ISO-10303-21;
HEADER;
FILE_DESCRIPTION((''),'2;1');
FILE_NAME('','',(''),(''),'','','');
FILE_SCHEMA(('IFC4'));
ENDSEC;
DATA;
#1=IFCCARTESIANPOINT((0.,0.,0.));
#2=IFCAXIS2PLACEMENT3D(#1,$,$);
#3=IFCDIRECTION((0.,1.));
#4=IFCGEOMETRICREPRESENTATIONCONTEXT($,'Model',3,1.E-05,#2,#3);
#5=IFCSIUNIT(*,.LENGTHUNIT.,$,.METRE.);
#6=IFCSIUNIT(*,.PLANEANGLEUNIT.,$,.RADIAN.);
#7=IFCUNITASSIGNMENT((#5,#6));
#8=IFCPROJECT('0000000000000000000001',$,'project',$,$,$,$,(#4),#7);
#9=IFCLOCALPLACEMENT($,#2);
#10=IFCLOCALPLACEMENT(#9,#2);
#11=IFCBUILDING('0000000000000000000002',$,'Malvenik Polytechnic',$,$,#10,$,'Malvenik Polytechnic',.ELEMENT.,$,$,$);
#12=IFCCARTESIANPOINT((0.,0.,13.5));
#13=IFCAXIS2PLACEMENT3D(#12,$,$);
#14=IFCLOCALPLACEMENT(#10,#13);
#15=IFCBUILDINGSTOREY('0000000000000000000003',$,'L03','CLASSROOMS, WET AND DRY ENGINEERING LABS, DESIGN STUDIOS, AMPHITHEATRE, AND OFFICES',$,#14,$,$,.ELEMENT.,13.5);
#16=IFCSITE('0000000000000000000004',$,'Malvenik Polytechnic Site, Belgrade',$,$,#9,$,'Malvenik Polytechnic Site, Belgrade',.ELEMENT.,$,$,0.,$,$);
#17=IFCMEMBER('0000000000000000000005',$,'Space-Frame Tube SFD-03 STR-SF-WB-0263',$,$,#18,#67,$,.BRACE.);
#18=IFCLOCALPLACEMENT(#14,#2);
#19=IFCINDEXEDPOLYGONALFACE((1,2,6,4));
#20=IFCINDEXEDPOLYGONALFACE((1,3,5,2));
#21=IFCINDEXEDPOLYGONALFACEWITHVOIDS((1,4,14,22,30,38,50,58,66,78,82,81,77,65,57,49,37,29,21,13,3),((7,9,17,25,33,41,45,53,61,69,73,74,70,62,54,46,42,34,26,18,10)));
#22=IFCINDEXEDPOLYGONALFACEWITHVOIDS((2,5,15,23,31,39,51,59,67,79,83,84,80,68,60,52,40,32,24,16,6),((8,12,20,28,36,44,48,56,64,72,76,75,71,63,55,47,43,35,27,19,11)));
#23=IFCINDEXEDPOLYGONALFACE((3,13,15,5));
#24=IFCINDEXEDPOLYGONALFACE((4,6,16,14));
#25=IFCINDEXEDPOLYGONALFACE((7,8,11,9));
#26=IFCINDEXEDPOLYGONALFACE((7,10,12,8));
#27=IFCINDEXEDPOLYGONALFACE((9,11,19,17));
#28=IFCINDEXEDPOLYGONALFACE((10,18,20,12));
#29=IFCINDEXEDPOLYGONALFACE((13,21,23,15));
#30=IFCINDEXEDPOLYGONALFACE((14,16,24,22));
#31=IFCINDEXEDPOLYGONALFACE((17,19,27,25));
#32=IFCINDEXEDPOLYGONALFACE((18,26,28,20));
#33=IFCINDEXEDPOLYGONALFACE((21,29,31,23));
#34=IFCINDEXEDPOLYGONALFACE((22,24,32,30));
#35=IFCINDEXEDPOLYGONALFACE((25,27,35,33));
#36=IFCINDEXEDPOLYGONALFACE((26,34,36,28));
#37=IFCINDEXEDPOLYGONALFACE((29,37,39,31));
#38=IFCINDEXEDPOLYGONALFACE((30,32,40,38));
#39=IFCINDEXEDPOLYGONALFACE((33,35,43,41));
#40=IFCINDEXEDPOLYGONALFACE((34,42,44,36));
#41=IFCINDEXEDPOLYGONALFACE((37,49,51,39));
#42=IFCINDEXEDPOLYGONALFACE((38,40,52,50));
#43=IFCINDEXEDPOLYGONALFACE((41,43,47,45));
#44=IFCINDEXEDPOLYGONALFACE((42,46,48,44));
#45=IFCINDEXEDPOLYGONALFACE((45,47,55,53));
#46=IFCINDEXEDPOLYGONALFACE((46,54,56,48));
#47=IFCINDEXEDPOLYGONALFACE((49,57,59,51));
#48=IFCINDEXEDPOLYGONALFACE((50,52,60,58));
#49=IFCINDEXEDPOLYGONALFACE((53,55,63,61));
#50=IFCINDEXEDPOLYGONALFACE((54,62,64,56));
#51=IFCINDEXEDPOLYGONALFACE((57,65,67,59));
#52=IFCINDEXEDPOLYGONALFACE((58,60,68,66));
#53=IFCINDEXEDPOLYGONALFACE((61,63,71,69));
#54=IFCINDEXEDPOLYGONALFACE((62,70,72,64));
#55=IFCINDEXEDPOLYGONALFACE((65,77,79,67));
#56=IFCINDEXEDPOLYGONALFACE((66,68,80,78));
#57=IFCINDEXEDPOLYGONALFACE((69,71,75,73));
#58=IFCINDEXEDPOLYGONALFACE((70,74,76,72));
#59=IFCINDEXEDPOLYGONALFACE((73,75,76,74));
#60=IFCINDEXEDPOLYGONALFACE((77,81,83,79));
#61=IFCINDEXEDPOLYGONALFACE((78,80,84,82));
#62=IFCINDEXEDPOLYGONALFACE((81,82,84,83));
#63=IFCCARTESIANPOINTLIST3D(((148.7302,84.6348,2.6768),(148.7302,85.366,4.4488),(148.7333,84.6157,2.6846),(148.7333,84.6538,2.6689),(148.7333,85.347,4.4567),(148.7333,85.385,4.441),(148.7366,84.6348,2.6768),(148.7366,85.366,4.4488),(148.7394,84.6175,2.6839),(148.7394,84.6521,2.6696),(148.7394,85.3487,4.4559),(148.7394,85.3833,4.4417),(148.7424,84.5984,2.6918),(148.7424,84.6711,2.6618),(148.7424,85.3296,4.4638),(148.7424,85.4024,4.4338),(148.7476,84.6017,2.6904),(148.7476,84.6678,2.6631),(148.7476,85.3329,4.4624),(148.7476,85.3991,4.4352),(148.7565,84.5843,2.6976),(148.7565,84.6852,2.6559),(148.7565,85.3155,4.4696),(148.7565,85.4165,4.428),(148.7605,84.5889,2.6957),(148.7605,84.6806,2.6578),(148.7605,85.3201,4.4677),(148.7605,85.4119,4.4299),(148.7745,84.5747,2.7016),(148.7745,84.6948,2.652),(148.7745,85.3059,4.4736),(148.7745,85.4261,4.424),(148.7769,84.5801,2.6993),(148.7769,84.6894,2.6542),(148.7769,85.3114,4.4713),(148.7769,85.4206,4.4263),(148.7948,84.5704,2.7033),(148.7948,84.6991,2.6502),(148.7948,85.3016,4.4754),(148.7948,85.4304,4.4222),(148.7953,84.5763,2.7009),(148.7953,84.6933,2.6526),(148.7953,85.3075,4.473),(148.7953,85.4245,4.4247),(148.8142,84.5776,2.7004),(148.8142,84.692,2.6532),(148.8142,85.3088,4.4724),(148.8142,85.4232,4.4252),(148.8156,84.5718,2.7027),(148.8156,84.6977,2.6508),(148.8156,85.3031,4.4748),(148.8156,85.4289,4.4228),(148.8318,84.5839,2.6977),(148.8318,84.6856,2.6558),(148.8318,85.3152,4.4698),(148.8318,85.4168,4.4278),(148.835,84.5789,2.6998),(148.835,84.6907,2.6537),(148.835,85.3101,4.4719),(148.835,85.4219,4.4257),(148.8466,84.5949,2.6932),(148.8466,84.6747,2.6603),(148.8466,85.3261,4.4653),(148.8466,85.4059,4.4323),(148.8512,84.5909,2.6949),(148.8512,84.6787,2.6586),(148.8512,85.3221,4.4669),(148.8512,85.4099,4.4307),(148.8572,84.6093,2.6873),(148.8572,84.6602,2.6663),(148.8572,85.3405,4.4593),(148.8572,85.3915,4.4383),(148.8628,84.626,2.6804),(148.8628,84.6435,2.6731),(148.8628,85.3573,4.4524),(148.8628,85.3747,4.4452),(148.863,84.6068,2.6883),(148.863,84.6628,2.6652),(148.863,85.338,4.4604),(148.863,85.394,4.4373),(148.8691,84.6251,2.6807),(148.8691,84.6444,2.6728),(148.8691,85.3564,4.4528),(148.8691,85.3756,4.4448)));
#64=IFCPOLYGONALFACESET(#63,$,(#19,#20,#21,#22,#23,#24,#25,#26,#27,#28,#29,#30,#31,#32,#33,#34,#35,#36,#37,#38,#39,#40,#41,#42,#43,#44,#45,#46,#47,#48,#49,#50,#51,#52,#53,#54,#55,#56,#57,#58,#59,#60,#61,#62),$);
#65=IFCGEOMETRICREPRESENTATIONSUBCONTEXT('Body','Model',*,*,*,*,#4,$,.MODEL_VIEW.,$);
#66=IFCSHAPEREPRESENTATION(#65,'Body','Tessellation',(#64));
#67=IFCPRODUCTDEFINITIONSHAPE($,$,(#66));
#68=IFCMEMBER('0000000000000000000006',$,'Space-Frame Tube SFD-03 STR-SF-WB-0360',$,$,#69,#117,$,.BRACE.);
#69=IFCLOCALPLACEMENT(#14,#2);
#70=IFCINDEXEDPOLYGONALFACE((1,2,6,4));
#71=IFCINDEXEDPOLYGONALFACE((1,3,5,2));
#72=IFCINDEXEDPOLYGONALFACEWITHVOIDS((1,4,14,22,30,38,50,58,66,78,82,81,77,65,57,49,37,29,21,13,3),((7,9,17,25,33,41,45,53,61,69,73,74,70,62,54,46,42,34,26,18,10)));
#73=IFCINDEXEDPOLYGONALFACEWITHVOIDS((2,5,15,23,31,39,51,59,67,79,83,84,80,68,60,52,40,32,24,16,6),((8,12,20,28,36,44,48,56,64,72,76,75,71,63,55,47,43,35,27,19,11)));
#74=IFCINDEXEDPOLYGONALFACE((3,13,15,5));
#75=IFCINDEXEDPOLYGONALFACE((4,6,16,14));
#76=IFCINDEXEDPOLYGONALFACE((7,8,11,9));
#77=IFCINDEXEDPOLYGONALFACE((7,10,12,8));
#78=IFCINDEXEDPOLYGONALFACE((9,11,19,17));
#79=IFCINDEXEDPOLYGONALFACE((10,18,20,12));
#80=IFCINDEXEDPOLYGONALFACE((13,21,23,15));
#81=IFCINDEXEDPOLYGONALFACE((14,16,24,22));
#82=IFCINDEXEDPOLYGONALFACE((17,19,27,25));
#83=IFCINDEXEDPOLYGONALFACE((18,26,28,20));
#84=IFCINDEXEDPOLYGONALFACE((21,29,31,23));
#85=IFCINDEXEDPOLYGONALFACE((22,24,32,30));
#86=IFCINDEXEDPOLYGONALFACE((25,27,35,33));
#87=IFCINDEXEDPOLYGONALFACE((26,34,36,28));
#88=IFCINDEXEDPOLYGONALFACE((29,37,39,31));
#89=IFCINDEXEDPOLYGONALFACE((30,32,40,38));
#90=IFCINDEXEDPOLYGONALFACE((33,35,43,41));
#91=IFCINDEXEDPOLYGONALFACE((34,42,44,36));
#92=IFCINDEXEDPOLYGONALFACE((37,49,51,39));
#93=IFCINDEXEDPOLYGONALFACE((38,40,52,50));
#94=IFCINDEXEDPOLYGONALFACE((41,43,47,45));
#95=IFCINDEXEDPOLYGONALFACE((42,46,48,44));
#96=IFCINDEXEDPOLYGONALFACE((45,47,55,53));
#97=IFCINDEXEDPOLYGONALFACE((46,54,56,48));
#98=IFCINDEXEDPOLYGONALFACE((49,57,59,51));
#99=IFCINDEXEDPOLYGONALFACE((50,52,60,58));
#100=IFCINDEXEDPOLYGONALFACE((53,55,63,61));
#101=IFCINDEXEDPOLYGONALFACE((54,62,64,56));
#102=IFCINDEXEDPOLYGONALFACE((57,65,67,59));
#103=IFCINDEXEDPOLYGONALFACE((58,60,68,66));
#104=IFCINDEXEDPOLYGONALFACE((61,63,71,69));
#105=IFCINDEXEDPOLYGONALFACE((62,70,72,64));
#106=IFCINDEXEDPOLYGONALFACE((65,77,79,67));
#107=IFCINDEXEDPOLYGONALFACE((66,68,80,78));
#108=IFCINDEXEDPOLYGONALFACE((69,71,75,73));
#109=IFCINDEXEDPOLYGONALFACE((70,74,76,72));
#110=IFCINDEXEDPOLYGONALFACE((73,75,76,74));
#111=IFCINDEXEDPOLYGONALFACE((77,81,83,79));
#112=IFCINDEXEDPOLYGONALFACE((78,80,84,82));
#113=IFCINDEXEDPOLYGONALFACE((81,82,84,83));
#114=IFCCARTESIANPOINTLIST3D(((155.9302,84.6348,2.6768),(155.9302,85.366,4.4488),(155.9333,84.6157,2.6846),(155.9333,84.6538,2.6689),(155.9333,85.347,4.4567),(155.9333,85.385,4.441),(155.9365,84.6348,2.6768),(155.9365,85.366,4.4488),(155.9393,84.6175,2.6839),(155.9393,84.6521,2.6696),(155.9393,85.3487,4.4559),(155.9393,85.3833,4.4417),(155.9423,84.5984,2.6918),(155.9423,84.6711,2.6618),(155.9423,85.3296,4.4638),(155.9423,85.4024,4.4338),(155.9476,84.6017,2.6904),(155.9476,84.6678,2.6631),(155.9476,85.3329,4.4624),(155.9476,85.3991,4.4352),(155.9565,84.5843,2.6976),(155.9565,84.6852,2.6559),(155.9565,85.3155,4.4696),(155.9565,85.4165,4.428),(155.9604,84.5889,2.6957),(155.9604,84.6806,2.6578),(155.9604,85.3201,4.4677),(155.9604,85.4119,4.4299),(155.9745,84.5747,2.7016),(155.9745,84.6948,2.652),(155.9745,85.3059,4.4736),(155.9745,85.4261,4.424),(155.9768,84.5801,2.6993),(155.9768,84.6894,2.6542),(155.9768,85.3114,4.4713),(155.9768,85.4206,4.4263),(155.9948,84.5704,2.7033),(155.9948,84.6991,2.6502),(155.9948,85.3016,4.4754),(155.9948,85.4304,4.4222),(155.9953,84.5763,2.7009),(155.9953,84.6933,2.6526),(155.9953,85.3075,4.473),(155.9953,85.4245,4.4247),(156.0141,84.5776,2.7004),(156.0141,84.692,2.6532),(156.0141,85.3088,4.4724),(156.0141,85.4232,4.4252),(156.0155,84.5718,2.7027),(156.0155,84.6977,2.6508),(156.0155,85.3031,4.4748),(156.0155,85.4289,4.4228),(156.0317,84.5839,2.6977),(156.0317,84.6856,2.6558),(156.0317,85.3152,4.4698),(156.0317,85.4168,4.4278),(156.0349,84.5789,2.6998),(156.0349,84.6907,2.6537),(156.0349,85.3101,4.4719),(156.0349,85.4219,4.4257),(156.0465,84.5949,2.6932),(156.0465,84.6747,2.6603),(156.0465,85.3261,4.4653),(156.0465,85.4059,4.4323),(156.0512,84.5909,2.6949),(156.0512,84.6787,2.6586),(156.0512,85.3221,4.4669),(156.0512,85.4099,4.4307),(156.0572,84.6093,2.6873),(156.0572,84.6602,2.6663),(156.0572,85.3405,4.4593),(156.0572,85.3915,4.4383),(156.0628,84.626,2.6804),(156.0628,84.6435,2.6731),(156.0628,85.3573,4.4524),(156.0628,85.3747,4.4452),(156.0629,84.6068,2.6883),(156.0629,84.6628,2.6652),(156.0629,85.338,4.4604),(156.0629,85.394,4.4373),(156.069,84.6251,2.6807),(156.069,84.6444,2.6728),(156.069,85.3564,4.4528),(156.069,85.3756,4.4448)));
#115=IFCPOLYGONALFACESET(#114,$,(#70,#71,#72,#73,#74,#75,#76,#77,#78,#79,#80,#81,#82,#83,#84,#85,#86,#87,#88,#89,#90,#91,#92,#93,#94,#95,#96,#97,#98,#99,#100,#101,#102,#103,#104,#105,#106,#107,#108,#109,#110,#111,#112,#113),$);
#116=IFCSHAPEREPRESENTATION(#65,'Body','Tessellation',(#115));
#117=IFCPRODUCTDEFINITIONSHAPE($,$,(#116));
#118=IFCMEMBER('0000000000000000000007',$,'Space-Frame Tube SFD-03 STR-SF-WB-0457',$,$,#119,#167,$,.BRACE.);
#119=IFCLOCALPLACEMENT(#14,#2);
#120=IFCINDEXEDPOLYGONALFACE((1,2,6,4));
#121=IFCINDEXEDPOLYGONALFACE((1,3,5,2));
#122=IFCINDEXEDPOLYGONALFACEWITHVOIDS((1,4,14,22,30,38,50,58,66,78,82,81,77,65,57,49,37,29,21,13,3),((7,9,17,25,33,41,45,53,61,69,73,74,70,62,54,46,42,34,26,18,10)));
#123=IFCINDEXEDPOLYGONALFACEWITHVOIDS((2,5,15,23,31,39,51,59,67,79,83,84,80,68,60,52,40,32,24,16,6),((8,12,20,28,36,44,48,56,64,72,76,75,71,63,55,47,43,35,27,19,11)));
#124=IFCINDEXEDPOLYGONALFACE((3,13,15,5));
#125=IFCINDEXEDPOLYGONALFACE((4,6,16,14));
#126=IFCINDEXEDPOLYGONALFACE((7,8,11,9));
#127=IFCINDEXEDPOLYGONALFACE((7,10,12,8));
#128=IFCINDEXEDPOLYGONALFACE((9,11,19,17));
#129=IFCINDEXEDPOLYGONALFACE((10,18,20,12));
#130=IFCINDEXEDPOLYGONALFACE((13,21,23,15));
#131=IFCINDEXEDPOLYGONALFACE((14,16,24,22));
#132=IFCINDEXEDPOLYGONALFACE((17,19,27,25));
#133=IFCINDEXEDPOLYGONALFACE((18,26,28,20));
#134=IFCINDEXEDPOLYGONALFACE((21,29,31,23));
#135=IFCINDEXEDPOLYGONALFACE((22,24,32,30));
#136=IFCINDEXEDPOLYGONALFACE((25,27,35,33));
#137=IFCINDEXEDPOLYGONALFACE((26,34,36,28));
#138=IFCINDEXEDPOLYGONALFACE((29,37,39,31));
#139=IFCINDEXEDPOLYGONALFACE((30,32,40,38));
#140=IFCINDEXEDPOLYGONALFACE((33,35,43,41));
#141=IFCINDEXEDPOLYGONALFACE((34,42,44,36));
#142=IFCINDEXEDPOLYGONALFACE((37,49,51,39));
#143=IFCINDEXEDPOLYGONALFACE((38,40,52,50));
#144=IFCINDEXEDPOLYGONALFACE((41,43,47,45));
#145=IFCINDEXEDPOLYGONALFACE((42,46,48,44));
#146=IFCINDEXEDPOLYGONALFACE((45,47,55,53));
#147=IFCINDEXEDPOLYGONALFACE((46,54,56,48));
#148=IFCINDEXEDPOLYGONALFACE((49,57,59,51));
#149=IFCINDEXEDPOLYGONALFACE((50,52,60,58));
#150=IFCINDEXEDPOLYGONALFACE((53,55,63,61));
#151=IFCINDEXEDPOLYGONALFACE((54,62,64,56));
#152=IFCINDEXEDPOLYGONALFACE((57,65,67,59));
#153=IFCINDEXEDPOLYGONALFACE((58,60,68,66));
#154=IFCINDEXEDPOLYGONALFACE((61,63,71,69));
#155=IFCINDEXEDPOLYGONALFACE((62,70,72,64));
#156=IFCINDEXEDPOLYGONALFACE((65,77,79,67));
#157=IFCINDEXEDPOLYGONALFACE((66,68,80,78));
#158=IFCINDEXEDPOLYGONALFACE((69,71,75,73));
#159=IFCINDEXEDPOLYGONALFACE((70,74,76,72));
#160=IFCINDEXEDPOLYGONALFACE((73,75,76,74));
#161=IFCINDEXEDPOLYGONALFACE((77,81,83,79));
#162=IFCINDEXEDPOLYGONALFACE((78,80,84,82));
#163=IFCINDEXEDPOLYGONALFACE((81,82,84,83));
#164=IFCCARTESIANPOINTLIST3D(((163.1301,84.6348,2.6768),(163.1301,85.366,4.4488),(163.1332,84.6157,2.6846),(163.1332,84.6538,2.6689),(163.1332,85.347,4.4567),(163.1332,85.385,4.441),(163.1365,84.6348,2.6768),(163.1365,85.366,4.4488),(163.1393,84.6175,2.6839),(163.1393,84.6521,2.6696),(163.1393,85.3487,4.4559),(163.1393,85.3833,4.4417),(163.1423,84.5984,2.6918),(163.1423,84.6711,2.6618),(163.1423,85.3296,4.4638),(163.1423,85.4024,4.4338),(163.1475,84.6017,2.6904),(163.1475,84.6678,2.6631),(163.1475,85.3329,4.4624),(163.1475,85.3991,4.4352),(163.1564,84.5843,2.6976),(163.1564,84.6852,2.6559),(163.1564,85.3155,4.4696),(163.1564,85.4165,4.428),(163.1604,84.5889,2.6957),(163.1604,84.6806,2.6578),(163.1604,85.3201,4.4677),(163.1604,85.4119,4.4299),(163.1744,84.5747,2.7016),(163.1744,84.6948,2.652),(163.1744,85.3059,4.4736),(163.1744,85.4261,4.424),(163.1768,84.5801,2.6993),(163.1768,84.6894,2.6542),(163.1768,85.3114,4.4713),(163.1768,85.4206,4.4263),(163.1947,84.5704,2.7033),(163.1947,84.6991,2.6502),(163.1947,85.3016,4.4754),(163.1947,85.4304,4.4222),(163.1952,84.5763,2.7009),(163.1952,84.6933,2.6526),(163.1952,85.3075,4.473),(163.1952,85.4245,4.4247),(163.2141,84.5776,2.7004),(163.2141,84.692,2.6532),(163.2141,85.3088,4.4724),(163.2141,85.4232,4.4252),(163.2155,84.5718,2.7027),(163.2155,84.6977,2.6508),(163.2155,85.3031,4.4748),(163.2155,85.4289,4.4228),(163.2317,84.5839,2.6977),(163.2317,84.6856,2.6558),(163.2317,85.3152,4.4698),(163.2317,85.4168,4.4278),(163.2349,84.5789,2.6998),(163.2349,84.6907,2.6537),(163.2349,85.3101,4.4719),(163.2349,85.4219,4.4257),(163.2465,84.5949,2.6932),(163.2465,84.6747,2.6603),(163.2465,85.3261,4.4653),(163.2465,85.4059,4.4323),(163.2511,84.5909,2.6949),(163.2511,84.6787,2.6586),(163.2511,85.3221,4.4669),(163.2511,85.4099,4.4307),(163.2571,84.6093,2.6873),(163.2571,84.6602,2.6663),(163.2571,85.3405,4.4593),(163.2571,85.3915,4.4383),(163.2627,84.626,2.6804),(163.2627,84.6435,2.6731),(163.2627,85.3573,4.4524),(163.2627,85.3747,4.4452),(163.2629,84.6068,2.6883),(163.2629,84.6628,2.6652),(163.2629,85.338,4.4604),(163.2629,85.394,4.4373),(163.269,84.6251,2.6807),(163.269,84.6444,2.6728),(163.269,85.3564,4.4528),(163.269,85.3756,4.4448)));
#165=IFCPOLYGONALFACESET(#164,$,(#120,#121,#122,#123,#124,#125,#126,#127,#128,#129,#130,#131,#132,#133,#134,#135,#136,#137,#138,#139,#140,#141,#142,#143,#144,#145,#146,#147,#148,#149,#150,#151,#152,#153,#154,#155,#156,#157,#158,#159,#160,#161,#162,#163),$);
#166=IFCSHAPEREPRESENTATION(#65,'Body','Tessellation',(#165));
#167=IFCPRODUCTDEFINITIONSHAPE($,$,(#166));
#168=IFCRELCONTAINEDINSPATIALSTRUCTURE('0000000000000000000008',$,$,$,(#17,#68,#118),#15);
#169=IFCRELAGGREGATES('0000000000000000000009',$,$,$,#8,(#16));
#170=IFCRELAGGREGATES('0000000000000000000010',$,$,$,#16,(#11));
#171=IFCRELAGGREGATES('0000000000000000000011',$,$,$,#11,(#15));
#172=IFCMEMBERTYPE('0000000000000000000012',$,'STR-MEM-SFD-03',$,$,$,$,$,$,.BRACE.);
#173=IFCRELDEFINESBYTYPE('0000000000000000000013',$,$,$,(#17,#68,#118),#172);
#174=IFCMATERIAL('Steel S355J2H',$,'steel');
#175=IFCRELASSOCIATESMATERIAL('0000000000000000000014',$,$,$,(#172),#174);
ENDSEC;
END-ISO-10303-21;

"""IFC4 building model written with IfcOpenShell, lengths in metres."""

from ifc_helpers import new_model, si_unit, direction, frame, origin, origin_2d, place, context, subcontext, project, spatial, hollow_circle, extrude, material, material_profile, profile_set, type_object, element, save


model = new_model("IFC4")

# Units and contexts
model_context = context("Model", 3, precision=1e-05, world=origin(), true_north=direction((0.0, 1.0)))
body_context = subcontext(model_context, "Body", "Model", "MODEL_VIEW")
ifc_project = project(units=[si_unit("LENGTHUNIT", "METRE"), si_unit("PLANEANGLEUNIT", "RADIAN")], contexts=[model_context])

# Site, building, storey
site_placement = place(None, origin())
site = spatial("IfcSite", under=ifc_project, at=site_placement, Name="Malvenik Polytechnic Site, Belgrade", LongName="Malvenik Polytechnic Site, Belgrade", CompositionType="ELEMENT", RefElevation=0.0)
building_placement = place(site_placement, origin())
building = spatial("IfcBuilding", under=site, at=building_placement, Name="Malvenik Polytechnic", LongName="Malvenik Polytechnic", CompositionType="ELEMENT")
storey_placement = place(building_placement, frame((0.0, 0.0, 13.5)))
storey = spatial("IfcBuildingStorey", under=building, at=storey_placement, Name="L03", Description="CLASSROOMS, WET AND DRY ENGINEERING LABS, DESIGN STUDIOS, AMPHITHEATRE, AND OFFICES", CompositionType="ELEMENT", Elevation=13.5)

# Members
ifc_material = material(Name="Steel S355J2H", Category="steel")
ifc_material_profile_1 = material_profile(ifc_material, hollow_circle(Radius=0.0698, WallThickness=0.0063, at=origin_2d()), Name="CHS 139.7x6.3")
ifc_profile_set_1 = profile_set([ifc_material_profile_1], Name="Steel S355J2H")
member_type_1 = type_object("IfcMemberType", Name="STR-MEM-SFD-03", PredefinedType="BRACE", material=ifc_profile_set_1)
for number, where, z_axis, x_axis, name in (
    (1, (148.8, 84.6348, 2.6768), (0.0, 0.381448, 0.92439), (-1.0, 0.0, 0.0), "Space-Frame Tube SFD-03 STR-SF-WB-0263"),
    (2, (156.0, 84.6348, 2.6768), (0.0, 0.381448, 0.92439), (-1.0, 0.0, 0.0), "Space-Frame Tube SFD-03 STR-SF-WB-0360"),
    (3, (163.2, 84.6348, 2.6768), (0.0, 0.381448, 0.92439), (-1.0, 0.0, 0.0), "Space-Frame Tube SFD-03 STR-SF-WB-0457"),
):
    element("IfcMember", number, at=place(storey_placement, frame(where, z_axis=z_axis, x_axis=x_axis)), inside=storey, type_object=member_type_1, Name=name, PredefinedType="BRACE", context=body_context, shape_type="SweptSolid", body=[
        extrude(hollow_circle(Radius=0.0698, WallThickness=0.0063, at=origin_2d()), origin(), (0.0, 0.0, 1.0), 1.917),
    ])

save(model, "model.ifc")
